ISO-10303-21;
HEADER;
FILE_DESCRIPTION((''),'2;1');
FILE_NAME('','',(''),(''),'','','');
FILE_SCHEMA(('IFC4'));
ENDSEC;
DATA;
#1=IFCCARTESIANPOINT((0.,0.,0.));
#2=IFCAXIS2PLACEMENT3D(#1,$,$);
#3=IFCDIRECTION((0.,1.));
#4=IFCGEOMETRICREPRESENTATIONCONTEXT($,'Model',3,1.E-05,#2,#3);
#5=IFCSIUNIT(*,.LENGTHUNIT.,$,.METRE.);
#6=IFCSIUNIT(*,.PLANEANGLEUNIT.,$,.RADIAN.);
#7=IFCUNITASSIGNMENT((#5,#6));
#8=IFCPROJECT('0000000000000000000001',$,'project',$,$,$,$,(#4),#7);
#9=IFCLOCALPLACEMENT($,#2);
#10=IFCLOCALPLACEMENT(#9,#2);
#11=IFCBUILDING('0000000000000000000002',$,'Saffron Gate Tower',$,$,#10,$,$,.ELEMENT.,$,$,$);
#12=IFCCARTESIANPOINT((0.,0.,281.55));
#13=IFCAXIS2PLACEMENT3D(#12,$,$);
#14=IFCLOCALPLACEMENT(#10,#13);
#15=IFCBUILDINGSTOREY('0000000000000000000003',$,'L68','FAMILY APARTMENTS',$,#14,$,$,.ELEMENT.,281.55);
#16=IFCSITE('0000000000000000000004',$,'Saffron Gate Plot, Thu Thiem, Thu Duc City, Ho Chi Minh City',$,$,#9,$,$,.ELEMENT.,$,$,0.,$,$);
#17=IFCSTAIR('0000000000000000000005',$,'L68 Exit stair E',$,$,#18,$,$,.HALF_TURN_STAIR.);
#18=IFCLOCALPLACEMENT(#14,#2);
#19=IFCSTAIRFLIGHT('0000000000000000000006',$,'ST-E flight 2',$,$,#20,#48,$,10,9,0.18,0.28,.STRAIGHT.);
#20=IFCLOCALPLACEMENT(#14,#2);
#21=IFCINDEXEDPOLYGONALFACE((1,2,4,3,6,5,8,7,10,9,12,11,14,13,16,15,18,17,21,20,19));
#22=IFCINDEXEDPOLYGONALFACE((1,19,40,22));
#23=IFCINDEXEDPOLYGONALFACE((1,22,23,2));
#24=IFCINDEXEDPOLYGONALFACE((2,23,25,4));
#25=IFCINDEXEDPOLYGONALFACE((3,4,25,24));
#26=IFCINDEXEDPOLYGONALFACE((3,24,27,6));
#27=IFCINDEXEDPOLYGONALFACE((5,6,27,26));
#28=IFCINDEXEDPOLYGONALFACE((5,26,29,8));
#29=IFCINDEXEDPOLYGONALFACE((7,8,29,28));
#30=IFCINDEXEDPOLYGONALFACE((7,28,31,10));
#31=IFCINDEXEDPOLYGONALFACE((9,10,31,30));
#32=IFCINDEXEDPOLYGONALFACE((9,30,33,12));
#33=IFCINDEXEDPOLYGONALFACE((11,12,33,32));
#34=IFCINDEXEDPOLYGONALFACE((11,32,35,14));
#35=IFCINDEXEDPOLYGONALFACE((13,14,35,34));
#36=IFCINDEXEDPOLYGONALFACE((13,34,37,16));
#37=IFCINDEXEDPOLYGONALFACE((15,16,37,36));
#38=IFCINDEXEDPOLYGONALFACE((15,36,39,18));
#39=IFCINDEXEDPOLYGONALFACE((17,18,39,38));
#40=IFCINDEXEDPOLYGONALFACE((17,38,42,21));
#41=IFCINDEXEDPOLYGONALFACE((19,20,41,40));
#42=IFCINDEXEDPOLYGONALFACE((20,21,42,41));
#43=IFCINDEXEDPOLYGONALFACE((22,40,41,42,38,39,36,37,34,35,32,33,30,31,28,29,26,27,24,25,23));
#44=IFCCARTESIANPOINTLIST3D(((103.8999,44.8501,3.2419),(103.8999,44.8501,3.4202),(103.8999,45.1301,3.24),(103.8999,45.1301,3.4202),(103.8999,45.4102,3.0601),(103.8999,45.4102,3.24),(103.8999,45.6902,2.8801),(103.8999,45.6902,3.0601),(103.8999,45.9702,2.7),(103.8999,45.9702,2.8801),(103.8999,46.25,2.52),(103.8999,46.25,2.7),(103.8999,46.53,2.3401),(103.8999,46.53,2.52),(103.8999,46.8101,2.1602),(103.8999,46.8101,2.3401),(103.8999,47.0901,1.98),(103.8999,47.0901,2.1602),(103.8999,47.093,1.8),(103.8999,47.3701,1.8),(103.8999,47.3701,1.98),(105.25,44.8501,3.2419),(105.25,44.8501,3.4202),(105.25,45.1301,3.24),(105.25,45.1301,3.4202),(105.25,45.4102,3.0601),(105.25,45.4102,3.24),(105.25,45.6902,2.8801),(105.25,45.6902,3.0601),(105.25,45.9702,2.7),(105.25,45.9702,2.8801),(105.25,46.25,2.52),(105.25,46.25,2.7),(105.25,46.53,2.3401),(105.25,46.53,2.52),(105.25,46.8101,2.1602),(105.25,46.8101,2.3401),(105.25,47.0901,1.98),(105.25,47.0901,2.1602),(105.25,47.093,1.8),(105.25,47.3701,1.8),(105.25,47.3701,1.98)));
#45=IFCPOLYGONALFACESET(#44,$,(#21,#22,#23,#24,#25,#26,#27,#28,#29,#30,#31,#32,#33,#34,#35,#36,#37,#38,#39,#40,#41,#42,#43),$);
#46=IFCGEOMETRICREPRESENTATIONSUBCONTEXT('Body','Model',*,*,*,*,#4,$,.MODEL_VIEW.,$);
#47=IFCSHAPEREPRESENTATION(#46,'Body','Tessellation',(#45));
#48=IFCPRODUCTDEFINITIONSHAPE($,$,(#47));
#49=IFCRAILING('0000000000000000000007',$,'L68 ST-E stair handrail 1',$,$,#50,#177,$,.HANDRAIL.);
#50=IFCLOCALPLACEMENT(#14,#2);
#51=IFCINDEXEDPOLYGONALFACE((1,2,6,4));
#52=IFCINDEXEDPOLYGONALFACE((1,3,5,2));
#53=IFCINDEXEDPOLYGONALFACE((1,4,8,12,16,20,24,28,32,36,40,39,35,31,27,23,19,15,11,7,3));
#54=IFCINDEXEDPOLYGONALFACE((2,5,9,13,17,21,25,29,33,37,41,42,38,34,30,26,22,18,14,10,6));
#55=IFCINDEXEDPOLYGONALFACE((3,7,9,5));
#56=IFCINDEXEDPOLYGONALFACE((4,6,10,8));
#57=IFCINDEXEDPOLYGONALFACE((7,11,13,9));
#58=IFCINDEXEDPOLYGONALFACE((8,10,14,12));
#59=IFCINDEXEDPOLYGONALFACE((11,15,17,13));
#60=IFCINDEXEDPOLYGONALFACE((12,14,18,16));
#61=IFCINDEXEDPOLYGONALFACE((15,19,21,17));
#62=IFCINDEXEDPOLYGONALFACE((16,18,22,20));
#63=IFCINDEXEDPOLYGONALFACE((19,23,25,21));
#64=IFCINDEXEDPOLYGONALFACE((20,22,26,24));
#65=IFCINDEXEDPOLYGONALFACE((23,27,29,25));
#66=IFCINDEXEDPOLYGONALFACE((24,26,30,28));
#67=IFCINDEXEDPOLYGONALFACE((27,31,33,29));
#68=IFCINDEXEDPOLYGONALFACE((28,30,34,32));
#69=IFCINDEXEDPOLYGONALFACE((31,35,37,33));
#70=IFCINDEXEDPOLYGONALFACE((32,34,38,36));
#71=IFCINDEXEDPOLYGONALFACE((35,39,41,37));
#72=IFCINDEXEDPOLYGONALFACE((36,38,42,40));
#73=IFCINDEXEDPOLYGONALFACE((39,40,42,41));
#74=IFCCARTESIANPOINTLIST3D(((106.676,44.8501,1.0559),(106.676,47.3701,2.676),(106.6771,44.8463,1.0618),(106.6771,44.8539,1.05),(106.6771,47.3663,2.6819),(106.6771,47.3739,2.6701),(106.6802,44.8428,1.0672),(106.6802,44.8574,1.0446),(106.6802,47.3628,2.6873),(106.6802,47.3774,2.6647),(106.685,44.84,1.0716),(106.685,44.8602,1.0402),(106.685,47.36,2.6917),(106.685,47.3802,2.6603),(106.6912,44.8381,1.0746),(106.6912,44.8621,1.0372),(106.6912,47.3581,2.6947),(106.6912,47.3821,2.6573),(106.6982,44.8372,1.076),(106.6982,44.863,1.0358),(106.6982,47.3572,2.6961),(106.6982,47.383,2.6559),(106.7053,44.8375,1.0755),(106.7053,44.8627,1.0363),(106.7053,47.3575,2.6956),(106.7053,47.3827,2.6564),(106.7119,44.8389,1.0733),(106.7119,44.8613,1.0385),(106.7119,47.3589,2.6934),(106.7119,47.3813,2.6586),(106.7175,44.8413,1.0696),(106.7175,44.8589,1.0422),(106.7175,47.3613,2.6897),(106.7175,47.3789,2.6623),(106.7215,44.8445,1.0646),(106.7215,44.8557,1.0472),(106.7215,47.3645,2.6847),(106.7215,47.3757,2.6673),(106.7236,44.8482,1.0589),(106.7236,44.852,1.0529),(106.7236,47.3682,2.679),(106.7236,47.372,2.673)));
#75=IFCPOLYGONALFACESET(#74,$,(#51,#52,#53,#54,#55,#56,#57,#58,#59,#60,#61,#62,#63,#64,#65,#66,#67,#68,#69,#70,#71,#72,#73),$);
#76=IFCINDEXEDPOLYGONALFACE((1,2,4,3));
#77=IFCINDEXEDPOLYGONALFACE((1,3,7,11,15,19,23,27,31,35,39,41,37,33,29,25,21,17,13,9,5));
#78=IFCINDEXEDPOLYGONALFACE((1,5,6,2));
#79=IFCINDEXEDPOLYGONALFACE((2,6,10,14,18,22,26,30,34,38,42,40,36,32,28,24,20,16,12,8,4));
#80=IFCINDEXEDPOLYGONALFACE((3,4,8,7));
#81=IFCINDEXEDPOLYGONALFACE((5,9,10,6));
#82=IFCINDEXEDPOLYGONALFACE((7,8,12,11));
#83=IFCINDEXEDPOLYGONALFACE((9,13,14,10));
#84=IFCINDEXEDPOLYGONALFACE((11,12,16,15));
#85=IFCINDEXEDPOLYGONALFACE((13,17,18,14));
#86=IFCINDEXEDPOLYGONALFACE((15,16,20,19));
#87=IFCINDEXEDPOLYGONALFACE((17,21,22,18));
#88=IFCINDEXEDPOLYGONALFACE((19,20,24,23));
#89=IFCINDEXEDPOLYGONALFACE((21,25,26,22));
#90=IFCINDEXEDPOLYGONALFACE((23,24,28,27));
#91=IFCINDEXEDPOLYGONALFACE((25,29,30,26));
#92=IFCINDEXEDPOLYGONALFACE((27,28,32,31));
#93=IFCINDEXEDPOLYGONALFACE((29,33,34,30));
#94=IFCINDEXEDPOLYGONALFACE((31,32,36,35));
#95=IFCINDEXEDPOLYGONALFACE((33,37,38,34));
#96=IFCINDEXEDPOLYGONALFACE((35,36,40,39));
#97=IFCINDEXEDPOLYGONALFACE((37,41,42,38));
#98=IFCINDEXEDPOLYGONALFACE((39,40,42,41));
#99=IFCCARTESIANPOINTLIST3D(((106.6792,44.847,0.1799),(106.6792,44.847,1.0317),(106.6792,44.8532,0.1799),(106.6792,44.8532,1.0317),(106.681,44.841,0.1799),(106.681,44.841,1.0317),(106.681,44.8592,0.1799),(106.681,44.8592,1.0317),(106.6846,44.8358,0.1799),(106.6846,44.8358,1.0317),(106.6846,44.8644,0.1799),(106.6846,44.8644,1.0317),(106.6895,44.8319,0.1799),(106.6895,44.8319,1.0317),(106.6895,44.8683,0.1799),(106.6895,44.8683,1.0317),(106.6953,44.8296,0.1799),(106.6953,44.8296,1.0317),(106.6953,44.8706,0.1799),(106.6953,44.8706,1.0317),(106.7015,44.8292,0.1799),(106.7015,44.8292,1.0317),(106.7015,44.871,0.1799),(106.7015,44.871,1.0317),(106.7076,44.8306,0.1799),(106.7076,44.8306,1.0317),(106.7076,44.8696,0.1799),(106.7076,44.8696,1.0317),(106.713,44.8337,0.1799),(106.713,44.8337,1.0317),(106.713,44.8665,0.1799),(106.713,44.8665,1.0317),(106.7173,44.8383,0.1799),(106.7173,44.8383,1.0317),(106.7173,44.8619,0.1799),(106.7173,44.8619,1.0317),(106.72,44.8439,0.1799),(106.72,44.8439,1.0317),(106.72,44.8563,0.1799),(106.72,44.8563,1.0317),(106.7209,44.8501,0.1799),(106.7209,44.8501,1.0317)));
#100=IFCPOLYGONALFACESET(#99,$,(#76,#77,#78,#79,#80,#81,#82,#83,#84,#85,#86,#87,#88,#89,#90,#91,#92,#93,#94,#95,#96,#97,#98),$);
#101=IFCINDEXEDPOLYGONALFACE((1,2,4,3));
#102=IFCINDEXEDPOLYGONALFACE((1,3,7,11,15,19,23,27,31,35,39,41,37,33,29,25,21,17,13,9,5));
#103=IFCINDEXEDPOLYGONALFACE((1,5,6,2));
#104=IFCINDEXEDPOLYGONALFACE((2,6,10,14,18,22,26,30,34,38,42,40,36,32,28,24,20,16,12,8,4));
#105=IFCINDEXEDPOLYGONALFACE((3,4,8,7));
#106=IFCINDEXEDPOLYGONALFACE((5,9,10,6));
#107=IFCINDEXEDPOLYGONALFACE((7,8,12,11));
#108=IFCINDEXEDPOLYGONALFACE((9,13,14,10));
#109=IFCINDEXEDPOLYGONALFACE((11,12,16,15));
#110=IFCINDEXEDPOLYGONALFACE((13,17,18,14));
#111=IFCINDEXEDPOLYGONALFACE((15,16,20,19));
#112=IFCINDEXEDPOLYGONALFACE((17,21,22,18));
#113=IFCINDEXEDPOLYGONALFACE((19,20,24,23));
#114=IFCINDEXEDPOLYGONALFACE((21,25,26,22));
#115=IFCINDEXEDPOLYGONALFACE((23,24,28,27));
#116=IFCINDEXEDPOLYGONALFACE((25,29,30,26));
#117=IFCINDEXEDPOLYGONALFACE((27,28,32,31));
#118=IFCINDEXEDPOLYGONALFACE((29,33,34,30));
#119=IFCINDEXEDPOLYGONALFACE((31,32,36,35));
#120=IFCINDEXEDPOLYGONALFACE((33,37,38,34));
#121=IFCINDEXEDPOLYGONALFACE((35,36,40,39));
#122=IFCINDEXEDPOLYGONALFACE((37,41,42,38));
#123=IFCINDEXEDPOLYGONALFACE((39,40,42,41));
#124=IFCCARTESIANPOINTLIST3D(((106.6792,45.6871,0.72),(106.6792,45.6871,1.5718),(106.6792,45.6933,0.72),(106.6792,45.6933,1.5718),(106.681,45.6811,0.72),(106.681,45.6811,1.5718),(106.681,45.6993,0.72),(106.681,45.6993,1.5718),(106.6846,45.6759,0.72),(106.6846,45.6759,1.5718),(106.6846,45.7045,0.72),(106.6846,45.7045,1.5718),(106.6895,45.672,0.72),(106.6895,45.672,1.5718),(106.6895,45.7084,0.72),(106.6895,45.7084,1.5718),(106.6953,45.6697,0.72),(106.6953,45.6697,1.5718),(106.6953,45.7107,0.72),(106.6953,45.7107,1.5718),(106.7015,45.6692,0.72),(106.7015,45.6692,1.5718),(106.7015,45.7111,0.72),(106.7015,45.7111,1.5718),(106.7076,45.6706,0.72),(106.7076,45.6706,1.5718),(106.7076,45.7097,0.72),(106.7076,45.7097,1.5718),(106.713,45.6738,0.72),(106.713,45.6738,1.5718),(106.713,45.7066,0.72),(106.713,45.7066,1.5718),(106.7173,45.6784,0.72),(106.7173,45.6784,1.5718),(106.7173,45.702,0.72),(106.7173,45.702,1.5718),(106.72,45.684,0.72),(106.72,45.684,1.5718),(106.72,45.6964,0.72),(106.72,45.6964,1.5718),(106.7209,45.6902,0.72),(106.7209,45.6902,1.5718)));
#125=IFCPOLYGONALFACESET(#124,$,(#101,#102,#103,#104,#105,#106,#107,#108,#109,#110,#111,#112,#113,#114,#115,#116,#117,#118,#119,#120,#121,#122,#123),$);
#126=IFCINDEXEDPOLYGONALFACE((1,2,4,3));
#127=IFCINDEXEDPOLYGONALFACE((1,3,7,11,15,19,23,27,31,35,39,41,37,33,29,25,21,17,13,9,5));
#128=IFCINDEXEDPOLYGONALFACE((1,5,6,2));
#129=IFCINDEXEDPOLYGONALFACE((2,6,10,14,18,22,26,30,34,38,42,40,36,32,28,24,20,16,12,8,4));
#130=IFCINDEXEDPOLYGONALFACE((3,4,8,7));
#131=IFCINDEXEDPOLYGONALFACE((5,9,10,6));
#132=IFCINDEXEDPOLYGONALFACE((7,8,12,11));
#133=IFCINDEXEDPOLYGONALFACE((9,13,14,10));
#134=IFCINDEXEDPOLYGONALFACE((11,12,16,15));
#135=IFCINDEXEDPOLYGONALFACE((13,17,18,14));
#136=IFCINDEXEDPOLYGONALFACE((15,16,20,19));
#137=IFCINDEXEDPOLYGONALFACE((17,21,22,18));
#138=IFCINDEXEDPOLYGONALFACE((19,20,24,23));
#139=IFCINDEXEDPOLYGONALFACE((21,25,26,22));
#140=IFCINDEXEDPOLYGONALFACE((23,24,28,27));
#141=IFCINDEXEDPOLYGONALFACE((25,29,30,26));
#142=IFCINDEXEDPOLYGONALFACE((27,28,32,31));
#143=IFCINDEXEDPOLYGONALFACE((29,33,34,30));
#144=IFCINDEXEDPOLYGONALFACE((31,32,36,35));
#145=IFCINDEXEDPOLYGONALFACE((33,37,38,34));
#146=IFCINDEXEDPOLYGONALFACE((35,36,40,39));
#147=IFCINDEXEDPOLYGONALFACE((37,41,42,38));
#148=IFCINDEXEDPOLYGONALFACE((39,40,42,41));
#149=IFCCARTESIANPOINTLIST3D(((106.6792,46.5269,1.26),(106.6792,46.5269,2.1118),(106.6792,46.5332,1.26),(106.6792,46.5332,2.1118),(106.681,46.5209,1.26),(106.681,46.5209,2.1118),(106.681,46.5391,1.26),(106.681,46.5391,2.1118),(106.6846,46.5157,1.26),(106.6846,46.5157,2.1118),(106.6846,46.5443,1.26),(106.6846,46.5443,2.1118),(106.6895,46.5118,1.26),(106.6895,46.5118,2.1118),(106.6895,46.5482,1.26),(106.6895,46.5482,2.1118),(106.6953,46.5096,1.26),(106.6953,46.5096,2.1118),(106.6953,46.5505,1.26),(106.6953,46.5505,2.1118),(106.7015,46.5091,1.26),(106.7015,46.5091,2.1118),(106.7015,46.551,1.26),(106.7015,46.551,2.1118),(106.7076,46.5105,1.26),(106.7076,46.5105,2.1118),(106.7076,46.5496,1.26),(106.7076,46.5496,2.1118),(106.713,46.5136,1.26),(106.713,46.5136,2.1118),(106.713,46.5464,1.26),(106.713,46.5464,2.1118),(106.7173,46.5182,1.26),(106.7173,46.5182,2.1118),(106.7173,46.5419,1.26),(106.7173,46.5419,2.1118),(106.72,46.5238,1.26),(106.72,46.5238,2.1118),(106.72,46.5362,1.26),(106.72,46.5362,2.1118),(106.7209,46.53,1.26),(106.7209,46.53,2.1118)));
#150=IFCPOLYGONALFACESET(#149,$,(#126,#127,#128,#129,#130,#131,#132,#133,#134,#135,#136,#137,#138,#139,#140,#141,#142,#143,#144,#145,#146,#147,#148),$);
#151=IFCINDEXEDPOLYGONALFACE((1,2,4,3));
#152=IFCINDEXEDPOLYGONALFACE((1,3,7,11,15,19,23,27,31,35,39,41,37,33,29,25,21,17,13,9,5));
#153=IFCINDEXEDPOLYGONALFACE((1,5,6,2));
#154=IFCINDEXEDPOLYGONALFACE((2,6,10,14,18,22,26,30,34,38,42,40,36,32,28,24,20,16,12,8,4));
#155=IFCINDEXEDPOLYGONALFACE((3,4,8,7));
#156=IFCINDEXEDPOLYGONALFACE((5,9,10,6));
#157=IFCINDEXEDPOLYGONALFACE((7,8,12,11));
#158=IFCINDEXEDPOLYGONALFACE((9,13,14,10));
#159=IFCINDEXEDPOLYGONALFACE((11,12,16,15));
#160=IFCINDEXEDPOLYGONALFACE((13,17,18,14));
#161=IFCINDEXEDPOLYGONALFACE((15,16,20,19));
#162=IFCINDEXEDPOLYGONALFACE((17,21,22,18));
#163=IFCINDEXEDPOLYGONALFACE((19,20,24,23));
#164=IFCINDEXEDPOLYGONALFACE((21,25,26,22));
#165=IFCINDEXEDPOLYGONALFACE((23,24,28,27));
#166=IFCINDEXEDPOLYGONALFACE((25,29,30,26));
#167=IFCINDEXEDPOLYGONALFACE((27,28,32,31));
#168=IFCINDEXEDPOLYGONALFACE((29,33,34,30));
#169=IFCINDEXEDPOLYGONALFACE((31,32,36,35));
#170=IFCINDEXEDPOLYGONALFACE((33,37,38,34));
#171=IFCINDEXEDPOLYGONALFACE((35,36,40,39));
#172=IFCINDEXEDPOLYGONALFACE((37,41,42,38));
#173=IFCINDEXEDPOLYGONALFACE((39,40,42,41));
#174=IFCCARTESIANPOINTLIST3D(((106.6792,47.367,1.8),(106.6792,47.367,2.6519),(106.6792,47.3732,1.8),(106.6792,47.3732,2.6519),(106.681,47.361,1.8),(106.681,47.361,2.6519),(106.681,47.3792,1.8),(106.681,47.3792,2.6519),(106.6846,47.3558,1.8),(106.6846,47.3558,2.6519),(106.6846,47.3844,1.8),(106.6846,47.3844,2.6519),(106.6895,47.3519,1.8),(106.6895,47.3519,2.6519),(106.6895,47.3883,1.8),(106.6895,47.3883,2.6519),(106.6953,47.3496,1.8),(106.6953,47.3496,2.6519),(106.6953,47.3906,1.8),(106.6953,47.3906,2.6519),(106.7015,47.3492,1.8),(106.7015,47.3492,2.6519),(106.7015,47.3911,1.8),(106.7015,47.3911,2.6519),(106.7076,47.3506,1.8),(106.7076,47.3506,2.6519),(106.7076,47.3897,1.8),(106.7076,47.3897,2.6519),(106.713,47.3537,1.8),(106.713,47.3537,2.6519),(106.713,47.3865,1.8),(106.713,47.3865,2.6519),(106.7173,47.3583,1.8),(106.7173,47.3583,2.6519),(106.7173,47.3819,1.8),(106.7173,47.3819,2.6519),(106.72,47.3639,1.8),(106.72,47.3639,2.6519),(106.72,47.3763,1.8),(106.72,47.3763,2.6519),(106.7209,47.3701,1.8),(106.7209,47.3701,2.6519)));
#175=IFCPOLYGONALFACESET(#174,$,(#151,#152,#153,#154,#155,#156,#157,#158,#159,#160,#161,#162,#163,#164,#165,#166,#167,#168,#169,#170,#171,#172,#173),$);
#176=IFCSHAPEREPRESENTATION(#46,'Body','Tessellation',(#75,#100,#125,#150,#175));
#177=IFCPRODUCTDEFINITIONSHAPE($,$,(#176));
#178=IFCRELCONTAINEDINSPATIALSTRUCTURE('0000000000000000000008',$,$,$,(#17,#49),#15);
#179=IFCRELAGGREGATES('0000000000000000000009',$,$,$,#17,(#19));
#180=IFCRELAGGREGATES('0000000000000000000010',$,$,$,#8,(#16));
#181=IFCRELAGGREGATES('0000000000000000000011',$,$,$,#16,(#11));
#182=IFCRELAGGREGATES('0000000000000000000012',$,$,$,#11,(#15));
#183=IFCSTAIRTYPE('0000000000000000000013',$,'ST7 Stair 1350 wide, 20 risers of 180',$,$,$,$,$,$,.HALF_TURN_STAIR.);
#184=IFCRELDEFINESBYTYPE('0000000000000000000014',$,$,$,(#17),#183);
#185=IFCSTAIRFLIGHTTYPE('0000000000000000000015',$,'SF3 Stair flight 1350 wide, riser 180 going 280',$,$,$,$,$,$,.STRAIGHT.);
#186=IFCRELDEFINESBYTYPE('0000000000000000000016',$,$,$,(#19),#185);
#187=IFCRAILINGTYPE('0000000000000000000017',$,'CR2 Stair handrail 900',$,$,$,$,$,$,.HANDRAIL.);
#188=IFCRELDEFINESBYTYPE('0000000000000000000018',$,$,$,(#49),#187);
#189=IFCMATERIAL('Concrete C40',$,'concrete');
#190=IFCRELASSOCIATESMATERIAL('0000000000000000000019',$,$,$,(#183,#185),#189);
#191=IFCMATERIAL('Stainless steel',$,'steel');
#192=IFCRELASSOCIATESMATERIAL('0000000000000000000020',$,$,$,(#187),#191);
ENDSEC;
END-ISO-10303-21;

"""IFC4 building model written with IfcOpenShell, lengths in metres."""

from ifc_helpers import new_model, si_unit, direction, frame, origin, origin_2d, place, context, subcontext, project, spatial, polyline, circle, outline, extrude, material, type_object, element, aggregate, save


model = new_model("IFC4")

# Units and contexts
model_context = context("Model", 3, precision=1e-05, world=origin(), true_north=direction((0.0, 1.0)))
body_context = subcontext(model_context, "Body", "Model", "MODEL_VIEW")
ifc_project = project(units=[si_unit("LENGTHUNIT", "METRE"), si_unit("PLANEANGLEUNIT", "RADIAN")], contexts=[model_context])

# Site, building, storey
site_placement = place(None, origin())
site = spatial("IfcSite", under=ifc_project, at=site_placement, Name="Saffron Gate Plot, Thu Thiem, Thu Duc City, Ho Chi Minh City", CompositionType="ELEMENT", RefElevation=0.0)
building_placement = place(site_placement, origin())
building = spatial("IfcBuilding", under=site, at=building_placement, Name="Saffron Gate Tower", CompositionType="ELEMENT")
storey_placement = place(building_placement, frame((0.0, 0.0, 281.55)))
storey = spatial("IfcBuildingStorey", under=building, at=storey_placement, Name="L68", Description="FAMILY APARTMENTS", CompositionType="ELEMENT", Elevation=281.55)

# Stair, stair flight
ifc_material_1 = material(Name="Concrete C40", Category="concrete")
stair_type = type_object("IfcStairType", Name="ST7 Stair 1350 wide, 20 risers of 180", PredefinedType="HALF_TURN_STAIR", material=ifc_material_1)
stair_placement = place(storey_placement, origin())
stair = element("IfcStair", 1, at=stair_placement, inside=storey, type_object=stair_type, Name="L68 Exit stair E", PredefinedType="HALF_TURN_STAIR")
stair_flight_type = type_object("IfcStairFlightType", Name="SF3 Stair flight 1350 wide, riser 180 going 280", PredefinedType="STRAIGHT", material=ifc_material_1)
stair_flight_1_placement = place(storey_placement, frame((104.575, 47.3701, 1.8), z_axis=(0.0, 0.0, 1.0), x_axis=(0.0, -1.0, 0.0)))
stair_flight_1 = element("IfcStairFlight", 2, at=stair_flight_1_placement, type_object=stair_flight_type, Name="ST-E flight 2", NumberOfRisers=10, NumberOfTreads=9, PredefinedType="STRAIGHT", RiserHeight=0.18, TreadLength=0.28, context=body_context, shape_type="SweptSolid", body=[
    extrude(outline(polyline([(0.0, 0.0), (0.0, 0.1799), (0.28, 0.1799), (0.28, 0.3601), (0.5601, 0.3601), (0.5601, 0.54), (0.8401, 0.54), (0.8401, 0.72), (1.1201, 0.72), (1.1201, 0.8999), (1.3999, 0.8999), (1.3999, 1.0801), (1.6799, 1.0801), (1.6799, 1.26), (1.96, 1.26), (1.96, 1.4399), (2.24, 1.4399), (2.24, 1.6201), (2.52, 1.6201), (2.52, 1.8), (2.52, 1.4419), (0.2771, 0.0), (0.0, 0.0)])), frame((0.0, 0.675, 0.0), z_axis=(0.0, -1.0, 0.0), x_axis=(1.0, 0.0, 0.0)), (0.0, 0.0, 1.0), 1.3501),
])
aggregate(stair, [stair_flight_1])

# Railing
ifc_material_2 = material(Name="Stainless steel", Category="steel")
railing_type_1 = type_object("IfcRailingType", Name="CR2 Stair handrail 900", PredefinedType="HANDRAIL", material=ifc_material_2)
railing_1_placement = place(storey_placement, frame((106.7, 44.8501, 0.1799)))
element("IfcRailing", 3, at=railing_1_placement, inside=storey, type_object=railing_type_1, Name="L68 ST-E stair handrail 1", PredefinedType="HANDRAIL", context=body_context, shape_type="SweptSolid", body=[
    extrude(circle(Radius=0.0239, at=origin_2d()), frame((0.0, 0.0, 0.876), z_axis=(0.0, 0.841163, 0.540782), x_axis=(-1.0, 0.0, 0.0)), (0.0, 0.0, 1.0), 2.9958),
    extrude(circle(Radius=0.021, at=origin_2d()), origin(), (0.0, 0.0, 1.0), 0.8518),
    extrude(circle(Radius=0.021, at=origin_2d()), frame((0.0, 0.8401, 0.54)), (0.0, 0.0, 1.0), 0.8518),
    extrude(circle(Radius=0.021, at=origin_2d()), frame((0.0, 1.6799, 1.0801)), (0.0, 0.0, 1.0), 0.8518),
    extrude(circle(Radius=0.021, at=origin_2d()), frame((0.0, 2.52, 1.6201)), (0.0, 0.0, 1.0), 0.8518),
])

save(model, "model.ifc")
